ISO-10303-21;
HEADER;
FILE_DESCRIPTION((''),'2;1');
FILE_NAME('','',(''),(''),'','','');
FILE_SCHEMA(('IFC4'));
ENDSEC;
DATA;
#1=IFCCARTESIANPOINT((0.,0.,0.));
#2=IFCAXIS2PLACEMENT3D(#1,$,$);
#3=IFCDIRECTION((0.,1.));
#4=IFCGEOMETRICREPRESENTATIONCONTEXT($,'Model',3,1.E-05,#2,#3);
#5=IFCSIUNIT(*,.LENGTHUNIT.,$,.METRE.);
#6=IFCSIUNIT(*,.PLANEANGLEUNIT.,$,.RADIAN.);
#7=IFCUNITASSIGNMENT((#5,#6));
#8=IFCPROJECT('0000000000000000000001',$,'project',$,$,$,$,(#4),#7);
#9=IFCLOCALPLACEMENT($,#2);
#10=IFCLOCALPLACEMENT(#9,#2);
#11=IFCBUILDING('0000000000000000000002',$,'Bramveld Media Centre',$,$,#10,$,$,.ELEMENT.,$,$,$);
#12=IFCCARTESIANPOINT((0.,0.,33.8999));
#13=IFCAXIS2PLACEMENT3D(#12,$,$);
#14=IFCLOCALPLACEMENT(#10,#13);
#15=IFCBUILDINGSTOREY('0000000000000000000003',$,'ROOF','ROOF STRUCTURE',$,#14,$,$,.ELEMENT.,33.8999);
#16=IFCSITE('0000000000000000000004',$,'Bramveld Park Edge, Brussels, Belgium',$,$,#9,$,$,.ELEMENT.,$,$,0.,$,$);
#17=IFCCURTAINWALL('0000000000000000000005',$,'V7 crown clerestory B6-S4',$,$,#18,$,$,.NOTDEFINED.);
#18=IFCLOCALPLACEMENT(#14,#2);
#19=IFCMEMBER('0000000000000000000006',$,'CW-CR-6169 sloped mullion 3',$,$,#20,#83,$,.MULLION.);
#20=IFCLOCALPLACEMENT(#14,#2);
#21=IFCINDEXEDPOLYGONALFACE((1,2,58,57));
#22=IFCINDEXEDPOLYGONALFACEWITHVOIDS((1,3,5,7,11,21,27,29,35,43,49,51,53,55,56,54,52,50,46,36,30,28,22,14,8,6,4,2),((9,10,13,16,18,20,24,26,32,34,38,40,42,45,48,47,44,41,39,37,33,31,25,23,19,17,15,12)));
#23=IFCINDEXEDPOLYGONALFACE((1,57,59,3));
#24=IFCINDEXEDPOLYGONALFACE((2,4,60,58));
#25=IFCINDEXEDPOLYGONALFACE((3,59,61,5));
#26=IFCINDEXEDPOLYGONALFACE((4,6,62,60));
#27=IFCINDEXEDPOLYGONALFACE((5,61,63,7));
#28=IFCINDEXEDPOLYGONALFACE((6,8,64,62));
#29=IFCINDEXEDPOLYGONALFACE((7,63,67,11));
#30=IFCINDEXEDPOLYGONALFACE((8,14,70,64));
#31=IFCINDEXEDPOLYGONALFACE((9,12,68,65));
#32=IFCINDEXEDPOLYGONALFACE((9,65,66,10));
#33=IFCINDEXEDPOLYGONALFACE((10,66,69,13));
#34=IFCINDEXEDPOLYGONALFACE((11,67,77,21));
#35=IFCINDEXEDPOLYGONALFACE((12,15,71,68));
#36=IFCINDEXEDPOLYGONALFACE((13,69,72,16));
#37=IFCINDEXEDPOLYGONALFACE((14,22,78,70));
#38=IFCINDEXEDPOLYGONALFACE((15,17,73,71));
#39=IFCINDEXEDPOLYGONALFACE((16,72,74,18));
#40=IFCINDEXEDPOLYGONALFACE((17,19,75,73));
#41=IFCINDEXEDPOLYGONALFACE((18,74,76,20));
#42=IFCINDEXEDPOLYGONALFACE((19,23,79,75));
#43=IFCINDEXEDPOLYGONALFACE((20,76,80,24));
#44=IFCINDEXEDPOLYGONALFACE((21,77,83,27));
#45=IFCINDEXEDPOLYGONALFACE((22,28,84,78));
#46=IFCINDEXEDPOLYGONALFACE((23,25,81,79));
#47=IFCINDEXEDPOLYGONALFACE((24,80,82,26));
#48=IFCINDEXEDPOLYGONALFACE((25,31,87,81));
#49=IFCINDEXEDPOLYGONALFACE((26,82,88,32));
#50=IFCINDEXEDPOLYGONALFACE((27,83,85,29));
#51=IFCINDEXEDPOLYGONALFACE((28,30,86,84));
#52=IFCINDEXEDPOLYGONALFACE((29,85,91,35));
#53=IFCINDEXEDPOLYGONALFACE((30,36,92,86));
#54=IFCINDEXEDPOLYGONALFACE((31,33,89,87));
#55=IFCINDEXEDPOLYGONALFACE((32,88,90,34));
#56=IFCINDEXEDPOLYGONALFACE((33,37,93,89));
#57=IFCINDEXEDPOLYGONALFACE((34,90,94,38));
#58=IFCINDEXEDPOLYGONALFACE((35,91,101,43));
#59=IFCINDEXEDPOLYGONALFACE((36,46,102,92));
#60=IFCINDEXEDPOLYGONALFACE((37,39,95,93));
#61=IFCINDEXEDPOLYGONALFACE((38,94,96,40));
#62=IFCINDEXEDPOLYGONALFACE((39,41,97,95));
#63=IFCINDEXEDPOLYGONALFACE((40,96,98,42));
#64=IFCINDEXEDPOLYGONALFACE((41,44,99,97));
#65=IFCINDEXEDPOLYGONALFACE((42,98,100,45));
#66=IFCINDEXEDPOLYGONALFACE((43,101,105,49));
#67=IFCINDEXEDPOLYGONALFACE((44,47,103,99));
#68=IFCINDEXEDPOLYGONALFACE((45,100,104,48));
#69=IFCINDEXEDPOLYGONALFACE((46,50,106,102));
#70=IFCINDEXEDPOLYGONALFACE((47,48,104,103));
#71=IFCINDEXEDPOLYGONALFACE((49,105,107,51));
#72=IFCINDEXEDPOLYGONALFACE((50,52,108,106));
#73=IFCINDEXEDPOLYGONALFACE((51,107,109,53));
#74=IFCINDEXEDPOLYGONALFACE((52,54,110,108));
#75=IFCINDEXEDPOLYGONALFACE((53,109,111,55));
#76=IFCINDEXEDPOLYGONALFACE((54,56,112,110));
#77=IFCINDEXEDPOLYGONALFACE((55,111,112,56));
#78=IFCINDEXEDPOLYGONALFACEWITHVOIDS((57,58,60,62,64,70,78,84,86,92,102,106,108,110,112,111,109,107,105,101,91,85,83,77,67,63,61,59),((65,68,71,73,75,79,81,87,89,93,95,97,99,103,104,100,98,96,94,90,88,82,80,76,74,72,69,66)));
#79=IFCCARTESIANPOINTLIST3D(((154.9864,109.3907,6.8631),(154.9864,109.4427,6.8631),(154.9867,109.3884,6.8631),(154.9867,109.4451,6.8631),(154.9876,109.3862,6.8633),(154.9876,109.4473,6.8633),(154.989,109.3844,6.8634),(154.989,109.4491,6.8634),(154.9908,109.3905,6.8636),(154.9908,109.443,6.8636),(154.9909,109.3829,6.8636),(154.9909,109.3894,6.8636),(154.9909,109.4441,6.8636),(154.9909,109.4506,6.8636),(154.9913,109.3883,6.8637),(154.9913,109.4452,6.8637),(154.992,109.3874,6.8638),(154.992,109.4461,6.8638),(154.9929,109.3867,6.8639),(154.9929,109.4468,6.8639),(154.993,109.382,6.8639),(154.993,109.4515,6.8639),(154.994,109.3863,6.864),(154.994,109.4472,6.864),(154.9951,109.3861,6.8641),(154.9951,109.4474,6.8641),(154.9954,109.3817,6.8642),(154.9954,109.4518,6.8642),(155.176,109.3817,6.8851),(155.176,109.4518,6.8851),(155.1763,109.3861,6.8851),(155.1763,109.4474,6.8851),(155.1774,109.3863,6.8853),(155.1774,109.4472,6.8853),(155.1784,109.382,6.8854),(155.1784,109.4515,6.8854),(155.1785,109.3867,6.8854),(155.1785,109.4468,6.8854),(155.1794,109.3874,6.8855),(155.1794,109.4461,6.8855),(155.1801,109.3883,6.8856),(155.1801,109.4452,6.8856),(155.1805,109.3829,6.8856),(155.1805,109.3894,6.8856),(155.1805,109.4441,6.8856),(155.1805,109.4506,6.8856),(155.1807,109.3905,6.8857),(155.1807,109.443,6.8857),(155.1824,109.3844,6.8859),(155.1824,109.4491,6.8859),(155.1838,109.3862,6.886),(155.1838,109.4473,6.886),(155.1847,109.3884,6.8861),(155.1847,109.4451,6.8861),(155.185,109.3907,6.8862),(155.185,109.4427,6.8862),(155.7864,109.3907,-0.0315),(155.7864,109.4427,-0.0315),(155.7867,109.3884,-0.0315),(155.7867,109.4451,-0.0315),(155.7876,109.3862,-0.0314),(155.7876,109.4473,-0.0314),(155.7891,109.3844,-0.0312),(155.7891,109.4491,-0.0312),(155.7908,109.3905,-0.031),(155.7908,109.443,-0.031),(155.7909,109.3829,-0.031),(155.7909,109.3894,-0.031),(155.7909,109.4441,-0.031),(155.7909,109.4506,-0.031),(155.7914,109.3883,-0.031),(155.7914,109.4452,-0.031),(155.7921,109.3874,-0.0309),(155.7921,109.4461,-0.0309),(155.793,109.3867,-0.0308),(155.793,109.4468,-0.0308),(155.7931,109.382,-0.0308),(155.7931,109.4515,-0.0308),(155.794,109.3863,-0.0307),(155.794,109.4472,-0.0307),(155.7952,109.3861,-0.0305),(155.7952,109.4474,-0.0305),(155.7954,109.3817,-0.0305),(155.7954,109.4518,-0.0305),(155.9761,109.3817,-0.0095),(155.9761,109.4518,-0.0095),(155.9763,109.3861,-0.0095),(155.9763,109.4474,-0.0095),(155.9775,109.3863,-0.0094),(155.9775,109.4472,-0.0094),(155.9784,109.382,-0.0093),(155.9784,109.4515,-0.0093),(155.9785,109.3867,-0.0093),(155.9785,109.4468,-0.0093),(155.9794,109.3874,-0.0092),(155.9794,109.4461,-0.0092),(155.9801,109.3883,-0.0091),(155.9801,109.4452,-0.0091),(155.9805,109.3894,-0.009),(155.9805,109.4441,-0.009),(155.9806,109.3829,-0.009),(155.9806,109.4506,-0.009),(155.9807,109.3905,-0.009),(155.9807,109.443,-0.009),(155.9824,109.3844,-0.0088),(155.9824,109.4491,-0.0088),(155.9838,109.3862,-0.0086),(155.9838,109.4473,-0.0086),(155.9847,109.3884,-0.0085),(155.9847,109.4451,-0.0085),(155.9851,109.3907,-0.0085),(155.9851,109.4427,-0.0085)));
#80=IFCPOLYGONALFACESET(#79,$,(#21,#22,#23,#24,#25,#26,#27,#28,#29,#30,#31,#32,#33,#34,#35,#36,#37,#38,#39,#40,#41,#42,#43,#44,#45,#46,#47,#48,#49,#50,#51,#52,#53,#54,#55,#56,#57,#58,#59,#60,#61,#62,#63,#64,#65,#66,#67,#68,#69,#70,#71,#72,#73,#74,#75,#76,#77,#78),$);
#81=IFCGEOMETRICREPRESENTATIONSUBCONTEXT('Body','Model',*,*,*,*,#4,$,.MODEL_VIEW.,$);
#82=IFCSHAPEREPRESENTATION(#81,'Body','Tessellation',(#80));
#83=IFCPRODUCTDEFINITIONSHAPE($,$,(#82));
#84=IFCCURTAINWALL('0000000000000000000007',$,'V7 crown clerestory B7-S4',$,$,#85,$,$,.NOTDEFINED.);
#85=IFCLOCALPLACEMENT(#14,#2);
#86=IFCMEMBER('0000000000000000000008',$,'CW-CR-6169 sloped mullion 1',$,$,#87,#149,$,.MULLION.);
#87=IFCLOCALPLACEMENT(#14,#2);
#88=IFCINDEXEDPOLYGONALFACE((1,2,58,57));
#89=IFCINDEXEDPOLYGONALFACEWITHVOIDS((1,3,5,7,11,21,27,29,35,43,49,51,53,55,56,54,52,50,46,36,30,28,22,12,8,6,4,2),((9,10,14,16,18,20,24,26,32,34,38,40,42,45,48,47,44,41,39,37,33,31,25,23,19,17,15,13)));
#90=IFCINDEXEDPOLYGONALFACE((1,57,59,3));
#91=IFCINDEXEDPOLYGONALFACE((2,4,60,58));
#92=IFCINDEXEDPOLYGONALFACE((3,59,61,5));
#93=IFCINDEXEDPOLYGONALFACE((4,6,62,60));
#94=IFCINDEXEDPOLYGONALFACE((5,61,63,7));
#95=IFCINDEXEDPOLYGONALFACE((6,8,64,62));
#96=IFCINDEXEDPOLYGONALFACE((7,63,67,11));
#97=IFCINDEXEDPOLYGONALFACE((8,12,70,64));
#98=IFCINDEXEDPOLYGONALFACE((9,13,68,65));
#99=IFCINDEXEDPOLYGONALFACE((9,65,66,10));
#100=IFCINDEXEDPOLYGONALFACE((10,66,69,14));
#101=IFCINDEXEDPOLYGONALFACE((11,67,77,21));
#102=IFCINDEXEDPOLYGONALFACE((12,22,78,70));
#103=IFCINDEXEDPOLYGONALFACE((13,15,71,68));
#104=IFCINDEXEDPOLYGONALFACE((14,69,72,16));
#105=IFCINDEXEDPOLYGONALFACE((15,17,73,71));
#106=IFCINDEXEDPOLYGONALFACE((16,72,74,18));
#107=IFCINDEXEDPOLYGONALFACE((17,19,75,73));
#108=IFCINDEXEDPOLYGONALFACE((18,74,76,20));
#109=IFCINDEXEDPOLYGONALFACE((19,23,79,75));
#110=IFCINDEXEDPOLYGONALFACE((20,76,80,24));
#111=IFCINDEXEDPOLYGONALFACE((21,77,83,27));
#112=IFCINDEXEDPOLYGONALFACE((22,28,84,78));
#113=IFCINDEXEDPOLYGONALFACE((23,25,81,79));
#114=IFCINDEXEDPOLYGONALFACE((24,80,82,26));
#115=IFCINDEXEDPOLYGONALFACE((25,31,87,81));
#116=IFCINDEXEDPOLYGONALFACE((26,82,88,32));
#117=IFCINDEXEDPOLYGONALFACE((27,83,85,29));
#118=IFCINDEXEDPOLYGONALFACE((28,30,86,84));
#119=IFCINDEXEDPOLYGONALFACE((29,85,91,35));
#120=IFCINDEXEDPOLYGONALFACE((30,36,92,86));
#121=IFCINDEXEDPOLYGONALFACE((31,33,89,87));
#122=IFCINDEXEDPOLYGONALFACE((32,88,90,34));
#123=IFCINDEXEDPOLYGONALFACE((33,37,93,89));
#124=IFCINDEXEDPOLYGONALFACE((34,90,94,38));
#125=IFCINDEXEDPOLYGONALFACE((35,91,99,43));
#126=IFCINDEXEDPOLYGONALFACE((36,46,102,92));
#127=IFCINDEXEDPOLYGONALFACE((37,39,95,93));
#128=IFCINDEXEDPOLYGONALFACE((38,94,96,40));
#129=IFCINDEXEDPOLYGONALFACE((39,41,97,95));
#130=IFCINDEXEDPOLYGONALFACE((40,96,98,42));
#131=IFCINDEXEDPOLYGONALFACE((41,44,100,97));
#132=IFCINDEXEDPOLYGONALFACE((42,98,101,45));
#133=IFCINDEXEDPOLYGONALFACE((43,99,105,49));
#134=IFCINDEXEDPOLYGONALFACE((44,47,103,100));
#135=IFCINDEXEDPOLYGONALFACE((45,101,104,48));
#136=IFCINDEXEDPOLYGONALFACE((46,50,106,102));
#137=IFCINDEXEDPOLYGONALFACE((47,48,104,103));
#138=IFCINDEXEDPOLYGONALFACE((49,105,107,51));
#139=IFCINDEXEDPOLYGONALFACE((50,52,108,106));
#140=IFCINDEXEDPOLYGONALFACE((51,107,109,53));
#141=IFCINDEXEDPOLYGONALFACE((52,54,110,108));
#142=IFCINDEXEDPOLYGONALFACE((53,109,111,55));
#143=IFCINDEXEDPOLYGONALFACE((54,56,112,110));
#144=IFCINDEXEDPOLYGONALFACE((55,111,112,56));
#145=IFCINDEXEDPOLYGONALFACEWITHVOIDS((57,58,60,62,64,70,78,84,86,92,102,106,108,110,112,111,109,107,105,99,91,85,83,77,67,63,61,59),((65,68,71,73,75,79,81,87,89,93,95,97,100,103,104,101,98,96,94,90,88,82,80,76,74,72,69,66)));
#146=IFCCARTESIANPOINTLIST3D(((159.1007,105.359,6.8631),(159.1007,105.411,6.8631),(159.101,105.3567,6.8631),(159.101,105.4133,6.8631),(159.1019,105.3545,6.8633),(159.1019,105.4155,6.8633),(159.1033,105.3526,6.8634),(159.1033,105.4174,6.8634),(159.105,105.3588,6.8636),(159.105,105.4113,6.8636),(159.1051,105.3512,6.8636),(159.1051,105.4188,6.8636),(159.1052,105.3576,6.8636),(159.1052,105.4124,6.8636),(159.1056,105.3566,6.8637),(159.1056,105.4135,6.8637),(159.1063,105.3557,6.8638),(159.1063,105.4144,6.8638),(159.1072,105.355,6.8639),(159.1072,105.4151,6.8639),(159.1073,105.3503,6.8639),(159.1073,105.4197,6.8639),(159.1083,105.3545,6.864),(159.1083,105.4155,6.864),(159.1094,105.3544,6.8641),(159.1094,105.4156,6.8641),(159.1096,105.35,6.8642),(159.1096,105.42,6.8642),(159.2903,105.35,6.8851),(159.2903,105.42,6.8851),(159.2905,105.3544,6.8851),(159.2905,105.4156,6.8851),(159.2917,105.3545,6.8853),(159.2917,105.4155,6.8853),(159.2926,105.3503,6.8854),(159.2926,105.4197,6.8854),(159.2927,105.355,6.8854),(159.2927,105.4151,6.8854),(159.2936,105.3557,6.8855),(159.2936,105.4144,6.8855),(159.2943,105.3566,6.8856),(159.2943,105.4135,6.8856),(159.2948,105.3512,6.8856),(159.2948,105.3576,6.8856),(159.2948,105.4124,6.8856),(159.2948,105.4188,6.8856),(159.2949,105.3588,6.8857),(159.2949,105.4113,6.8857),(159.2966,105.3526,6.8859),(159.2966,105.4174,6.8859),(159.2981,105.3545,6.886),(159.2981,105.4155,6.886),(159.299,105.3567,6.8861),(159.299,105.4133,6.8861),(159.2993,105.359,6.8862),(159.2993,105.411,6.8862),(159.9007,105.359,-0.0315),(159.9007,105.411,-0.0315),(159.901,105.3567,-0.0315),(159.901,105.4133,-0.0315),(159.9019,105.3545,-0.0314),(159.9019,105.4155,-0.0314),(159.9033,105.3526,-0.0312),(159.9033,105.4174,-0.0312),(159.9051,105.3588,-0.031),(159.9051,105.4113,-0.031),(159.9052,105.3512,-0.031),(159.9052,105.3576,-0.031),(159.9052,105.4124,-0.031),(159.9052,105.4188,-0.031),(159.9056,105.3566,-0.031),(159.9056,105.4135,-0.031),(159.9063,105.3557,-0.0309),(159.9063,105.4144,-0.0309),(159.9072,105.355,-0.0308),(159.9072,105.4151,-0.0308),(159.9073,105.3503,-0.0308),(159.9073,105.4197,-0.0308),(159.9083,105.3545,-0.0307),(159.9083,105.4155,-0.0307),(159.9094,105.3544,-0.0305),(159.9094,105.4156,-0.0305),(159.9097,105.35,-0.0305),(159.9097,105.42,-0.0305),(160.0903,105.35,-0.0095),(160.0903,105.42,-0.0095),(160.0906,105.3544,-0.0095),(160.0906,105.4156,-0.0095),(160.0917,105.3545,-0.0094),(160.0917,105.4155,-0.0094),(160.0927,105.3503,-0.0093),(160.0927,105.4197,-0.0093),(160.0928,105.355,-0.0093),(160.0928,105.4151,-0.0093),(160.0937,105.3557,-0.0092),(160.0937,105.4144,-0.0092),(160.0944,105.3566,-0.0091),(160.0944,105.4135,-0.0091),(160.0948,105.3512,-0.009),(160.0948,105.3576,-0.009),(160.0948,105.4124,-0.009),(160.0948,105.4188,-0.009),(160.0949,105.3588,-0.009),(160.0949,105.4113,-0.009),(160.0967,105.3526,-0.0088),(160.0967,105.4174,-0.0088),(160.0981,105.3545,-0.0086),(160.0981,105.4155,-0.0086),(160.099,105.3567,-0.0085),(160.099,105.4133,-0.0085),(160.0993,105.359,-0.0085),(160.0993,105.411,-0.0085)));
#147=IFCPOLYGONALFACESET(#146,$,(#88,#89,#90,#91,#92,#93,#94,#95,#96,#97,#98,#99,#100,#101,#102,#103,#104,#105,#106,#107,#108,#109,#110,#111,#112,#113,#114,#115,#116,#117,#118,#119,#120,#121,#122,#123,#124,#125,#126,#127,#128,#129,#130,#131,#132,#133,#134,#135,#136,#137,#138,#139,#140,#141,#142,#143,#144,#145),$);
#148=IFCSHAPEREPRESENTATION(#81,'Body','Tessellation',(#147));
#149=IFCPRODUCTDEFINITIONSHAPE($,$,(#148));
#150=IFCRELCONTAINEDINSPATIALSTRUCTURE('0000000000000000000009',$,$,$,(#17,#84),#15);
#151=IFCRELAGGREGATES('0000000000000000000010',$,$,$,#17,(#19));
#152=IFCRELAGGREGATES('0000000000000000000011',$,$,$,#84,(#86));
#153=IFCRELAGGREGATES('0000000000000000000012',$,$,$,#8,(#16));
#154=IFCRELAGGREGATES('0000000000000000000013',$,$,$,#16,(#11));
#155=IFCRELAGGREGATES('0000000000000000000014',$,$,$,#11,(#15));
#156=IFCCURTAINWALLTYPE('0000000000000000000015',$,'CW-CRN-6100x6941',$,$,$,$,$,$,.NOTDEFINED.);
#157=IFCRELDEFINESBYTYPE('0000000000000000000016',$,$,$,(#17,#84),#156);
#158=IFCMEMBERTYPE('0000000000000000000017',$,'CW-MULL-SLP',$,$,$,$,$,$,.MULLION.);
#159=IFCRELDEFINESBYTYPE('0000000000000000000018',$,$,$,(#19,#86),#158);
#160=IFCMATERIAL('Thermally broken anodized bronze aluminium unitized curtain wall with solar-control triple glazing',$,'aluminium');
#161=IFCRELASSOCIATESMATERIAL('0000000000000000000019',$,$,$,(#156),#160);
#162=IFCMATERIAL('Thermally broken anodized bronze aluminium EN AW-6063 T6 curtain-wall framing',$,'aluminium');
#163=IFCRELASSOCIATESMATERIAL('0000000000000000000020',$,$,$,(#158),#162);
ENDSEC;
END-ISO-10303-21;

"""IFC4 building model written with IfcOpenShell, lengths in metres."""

from ifc_helpers import new_model, si_unit, direction, frame, origin, origin_2d, place, context, subcontext, project, spatial, hollow_rectangle, extrude, material, material_profile, profile_set, type_object, element, aggregate, save


model = new_model("IFC4")

# Units and contexts
model_context = context("Model", 3, precision=1e-05, world=origin(), true_north=direction((0.0, 1.0)))
body_context = subcontext(model_context, "Body", "Model", "MODEL_VIEW")
ifc_project = project(units=[si_unit("LENGTHUNIT", "METRE"), si_unit("PLANEANGLEUNIT", "RADIAN")], contexts=[model_context])

# Site, building, storey
site_placement = place(None, origin())
site = spatial("IfcSite", under=ifc_project, at=site_placement, Name="Bramveld Park Edge, Brussels, Belgium", CompositionType="ELEMENT", RefElevation=0.0)
building_placement = place(site_placement, origin())
building = spatial("IfcBuilding", under=site, at=building_placement, Name="Bramveld Media Centre", CompositionType="ELEMENT")
storey_placement = place(building_placement, frame((0.0, 0.0, 33.8999)))
storey = spatial("IfcBuildingStorey", under=building, at=storey_placement, Name="ROOF", Description="ROOF STRUCTURE", CompositionType="ELEMENT", Elevation=33.8999)

# Curtain walls, members
ifc_material_1 = material(Name="Thermally broken anodized bronze aluminium unitized curtain wall with solar-control triple glazing", Category="aluminium")
curtain_wall_type = type_object("IfcCurtainWallType", Name="CW-CRN-6100x6941", PredefinedType="NOTDEFINED", material=ifc_material_1)
curtain_wall_1_placement = place(storey_placement, origin())
curtain_wall_1 = element("IfcCurtainWall", 1, at=curtain_wall_1_placement, inside=storey, type_object=curtain_wall_type, Name="V7 crown clerestory B6-S4", PredefinedType="NOTDEFINED")
ifc_material_2 = material(Name="Thermally broken anodized bronze aluminium EN AW-6063 T6 curtain-wall framing", Category="aluminium")
ifc_material_profile_1 = material_profile(ifc_material_2, hollow_rectangle(XDim=0.0701, YDim=0.2, WallThickness=0.0044, InnerFilletRadius=0.0044, OuterFilletRadius=0.009, at=origin_2d()), Name="AL-MULL 70x200")
ifc_profile_set_1 = profile_set([ifc_material_profile_1], Name="Thermally broken anodized bronze aluminium EN AW-6063 T6 curtain-wall framing")
member_type_1 = type_object("IfcMemberType", Name="CW-MULL-SLP", PredefinedType="MULLION", material=ifc_profile_set_1)
member_1_placement = place(storey_placement, frame((155.8857, 109.4167, -0.02), z_axis=(-0.115264, 0.0, 0.993335), x_axis=(0.0, -1.0, 0.0)))
member_1 = element("IfcMember", 2, at=member_1_placement, type_object=member_type_1, Name="CW-CR-6169 sloped mullion 3", PredefinedType="MULLION", context=body_context, shape_type="SweptSolid", body=[
    extrude(hollow_rectangle(XDim=0.0701, YDim=0.2, WallThickness=0.0044, InnerFilletRadius=0.0044, OuterFilletRadius=0.009, at=origin_2d()), origin(), (0.0, 0.0, 1.0), 6.9409),
])
curtain_wall_2_placement = place(storey_placement, origin())
curtain_wall_2 = element("IfcCurtainWall", 3, at=curtain_wall_2_placement, inside=storey, type_object=curtain_wall_type, Name="V7 crown clerestory B7-S4", PredefinedType="NOTDEFINED")
member_2_placement = place(storey_placement, frame((160.0, 105.385, -0.02), z_axis=(-0.115264, 0.0, 0.993335), x_axis=(0.0, -1.0, 0.0)))
member_2 = element("IfcMember", 4, at=member_2_placement, type_object=member_type_1, Name="CW-CR-6169 sloped mullion 1", PredefinedType="MULLION", context=body_context, shape_type="SweptSolid", body=[
    extrude(hollow_rectangle(XDim=0.0701, YDim=0.2, WallThickness=0.0044, InnerFilletRadius=0.0044, OuterFilletRadius=0.009, at=origin_2d()), origin(), (0.0, 0.0, 1.0), 6.9409),
])

aggregate(curtain_wall_1, [member_1])
aggregate(curtain_wall_2, [member_2])

save(model, "model.ifc")
